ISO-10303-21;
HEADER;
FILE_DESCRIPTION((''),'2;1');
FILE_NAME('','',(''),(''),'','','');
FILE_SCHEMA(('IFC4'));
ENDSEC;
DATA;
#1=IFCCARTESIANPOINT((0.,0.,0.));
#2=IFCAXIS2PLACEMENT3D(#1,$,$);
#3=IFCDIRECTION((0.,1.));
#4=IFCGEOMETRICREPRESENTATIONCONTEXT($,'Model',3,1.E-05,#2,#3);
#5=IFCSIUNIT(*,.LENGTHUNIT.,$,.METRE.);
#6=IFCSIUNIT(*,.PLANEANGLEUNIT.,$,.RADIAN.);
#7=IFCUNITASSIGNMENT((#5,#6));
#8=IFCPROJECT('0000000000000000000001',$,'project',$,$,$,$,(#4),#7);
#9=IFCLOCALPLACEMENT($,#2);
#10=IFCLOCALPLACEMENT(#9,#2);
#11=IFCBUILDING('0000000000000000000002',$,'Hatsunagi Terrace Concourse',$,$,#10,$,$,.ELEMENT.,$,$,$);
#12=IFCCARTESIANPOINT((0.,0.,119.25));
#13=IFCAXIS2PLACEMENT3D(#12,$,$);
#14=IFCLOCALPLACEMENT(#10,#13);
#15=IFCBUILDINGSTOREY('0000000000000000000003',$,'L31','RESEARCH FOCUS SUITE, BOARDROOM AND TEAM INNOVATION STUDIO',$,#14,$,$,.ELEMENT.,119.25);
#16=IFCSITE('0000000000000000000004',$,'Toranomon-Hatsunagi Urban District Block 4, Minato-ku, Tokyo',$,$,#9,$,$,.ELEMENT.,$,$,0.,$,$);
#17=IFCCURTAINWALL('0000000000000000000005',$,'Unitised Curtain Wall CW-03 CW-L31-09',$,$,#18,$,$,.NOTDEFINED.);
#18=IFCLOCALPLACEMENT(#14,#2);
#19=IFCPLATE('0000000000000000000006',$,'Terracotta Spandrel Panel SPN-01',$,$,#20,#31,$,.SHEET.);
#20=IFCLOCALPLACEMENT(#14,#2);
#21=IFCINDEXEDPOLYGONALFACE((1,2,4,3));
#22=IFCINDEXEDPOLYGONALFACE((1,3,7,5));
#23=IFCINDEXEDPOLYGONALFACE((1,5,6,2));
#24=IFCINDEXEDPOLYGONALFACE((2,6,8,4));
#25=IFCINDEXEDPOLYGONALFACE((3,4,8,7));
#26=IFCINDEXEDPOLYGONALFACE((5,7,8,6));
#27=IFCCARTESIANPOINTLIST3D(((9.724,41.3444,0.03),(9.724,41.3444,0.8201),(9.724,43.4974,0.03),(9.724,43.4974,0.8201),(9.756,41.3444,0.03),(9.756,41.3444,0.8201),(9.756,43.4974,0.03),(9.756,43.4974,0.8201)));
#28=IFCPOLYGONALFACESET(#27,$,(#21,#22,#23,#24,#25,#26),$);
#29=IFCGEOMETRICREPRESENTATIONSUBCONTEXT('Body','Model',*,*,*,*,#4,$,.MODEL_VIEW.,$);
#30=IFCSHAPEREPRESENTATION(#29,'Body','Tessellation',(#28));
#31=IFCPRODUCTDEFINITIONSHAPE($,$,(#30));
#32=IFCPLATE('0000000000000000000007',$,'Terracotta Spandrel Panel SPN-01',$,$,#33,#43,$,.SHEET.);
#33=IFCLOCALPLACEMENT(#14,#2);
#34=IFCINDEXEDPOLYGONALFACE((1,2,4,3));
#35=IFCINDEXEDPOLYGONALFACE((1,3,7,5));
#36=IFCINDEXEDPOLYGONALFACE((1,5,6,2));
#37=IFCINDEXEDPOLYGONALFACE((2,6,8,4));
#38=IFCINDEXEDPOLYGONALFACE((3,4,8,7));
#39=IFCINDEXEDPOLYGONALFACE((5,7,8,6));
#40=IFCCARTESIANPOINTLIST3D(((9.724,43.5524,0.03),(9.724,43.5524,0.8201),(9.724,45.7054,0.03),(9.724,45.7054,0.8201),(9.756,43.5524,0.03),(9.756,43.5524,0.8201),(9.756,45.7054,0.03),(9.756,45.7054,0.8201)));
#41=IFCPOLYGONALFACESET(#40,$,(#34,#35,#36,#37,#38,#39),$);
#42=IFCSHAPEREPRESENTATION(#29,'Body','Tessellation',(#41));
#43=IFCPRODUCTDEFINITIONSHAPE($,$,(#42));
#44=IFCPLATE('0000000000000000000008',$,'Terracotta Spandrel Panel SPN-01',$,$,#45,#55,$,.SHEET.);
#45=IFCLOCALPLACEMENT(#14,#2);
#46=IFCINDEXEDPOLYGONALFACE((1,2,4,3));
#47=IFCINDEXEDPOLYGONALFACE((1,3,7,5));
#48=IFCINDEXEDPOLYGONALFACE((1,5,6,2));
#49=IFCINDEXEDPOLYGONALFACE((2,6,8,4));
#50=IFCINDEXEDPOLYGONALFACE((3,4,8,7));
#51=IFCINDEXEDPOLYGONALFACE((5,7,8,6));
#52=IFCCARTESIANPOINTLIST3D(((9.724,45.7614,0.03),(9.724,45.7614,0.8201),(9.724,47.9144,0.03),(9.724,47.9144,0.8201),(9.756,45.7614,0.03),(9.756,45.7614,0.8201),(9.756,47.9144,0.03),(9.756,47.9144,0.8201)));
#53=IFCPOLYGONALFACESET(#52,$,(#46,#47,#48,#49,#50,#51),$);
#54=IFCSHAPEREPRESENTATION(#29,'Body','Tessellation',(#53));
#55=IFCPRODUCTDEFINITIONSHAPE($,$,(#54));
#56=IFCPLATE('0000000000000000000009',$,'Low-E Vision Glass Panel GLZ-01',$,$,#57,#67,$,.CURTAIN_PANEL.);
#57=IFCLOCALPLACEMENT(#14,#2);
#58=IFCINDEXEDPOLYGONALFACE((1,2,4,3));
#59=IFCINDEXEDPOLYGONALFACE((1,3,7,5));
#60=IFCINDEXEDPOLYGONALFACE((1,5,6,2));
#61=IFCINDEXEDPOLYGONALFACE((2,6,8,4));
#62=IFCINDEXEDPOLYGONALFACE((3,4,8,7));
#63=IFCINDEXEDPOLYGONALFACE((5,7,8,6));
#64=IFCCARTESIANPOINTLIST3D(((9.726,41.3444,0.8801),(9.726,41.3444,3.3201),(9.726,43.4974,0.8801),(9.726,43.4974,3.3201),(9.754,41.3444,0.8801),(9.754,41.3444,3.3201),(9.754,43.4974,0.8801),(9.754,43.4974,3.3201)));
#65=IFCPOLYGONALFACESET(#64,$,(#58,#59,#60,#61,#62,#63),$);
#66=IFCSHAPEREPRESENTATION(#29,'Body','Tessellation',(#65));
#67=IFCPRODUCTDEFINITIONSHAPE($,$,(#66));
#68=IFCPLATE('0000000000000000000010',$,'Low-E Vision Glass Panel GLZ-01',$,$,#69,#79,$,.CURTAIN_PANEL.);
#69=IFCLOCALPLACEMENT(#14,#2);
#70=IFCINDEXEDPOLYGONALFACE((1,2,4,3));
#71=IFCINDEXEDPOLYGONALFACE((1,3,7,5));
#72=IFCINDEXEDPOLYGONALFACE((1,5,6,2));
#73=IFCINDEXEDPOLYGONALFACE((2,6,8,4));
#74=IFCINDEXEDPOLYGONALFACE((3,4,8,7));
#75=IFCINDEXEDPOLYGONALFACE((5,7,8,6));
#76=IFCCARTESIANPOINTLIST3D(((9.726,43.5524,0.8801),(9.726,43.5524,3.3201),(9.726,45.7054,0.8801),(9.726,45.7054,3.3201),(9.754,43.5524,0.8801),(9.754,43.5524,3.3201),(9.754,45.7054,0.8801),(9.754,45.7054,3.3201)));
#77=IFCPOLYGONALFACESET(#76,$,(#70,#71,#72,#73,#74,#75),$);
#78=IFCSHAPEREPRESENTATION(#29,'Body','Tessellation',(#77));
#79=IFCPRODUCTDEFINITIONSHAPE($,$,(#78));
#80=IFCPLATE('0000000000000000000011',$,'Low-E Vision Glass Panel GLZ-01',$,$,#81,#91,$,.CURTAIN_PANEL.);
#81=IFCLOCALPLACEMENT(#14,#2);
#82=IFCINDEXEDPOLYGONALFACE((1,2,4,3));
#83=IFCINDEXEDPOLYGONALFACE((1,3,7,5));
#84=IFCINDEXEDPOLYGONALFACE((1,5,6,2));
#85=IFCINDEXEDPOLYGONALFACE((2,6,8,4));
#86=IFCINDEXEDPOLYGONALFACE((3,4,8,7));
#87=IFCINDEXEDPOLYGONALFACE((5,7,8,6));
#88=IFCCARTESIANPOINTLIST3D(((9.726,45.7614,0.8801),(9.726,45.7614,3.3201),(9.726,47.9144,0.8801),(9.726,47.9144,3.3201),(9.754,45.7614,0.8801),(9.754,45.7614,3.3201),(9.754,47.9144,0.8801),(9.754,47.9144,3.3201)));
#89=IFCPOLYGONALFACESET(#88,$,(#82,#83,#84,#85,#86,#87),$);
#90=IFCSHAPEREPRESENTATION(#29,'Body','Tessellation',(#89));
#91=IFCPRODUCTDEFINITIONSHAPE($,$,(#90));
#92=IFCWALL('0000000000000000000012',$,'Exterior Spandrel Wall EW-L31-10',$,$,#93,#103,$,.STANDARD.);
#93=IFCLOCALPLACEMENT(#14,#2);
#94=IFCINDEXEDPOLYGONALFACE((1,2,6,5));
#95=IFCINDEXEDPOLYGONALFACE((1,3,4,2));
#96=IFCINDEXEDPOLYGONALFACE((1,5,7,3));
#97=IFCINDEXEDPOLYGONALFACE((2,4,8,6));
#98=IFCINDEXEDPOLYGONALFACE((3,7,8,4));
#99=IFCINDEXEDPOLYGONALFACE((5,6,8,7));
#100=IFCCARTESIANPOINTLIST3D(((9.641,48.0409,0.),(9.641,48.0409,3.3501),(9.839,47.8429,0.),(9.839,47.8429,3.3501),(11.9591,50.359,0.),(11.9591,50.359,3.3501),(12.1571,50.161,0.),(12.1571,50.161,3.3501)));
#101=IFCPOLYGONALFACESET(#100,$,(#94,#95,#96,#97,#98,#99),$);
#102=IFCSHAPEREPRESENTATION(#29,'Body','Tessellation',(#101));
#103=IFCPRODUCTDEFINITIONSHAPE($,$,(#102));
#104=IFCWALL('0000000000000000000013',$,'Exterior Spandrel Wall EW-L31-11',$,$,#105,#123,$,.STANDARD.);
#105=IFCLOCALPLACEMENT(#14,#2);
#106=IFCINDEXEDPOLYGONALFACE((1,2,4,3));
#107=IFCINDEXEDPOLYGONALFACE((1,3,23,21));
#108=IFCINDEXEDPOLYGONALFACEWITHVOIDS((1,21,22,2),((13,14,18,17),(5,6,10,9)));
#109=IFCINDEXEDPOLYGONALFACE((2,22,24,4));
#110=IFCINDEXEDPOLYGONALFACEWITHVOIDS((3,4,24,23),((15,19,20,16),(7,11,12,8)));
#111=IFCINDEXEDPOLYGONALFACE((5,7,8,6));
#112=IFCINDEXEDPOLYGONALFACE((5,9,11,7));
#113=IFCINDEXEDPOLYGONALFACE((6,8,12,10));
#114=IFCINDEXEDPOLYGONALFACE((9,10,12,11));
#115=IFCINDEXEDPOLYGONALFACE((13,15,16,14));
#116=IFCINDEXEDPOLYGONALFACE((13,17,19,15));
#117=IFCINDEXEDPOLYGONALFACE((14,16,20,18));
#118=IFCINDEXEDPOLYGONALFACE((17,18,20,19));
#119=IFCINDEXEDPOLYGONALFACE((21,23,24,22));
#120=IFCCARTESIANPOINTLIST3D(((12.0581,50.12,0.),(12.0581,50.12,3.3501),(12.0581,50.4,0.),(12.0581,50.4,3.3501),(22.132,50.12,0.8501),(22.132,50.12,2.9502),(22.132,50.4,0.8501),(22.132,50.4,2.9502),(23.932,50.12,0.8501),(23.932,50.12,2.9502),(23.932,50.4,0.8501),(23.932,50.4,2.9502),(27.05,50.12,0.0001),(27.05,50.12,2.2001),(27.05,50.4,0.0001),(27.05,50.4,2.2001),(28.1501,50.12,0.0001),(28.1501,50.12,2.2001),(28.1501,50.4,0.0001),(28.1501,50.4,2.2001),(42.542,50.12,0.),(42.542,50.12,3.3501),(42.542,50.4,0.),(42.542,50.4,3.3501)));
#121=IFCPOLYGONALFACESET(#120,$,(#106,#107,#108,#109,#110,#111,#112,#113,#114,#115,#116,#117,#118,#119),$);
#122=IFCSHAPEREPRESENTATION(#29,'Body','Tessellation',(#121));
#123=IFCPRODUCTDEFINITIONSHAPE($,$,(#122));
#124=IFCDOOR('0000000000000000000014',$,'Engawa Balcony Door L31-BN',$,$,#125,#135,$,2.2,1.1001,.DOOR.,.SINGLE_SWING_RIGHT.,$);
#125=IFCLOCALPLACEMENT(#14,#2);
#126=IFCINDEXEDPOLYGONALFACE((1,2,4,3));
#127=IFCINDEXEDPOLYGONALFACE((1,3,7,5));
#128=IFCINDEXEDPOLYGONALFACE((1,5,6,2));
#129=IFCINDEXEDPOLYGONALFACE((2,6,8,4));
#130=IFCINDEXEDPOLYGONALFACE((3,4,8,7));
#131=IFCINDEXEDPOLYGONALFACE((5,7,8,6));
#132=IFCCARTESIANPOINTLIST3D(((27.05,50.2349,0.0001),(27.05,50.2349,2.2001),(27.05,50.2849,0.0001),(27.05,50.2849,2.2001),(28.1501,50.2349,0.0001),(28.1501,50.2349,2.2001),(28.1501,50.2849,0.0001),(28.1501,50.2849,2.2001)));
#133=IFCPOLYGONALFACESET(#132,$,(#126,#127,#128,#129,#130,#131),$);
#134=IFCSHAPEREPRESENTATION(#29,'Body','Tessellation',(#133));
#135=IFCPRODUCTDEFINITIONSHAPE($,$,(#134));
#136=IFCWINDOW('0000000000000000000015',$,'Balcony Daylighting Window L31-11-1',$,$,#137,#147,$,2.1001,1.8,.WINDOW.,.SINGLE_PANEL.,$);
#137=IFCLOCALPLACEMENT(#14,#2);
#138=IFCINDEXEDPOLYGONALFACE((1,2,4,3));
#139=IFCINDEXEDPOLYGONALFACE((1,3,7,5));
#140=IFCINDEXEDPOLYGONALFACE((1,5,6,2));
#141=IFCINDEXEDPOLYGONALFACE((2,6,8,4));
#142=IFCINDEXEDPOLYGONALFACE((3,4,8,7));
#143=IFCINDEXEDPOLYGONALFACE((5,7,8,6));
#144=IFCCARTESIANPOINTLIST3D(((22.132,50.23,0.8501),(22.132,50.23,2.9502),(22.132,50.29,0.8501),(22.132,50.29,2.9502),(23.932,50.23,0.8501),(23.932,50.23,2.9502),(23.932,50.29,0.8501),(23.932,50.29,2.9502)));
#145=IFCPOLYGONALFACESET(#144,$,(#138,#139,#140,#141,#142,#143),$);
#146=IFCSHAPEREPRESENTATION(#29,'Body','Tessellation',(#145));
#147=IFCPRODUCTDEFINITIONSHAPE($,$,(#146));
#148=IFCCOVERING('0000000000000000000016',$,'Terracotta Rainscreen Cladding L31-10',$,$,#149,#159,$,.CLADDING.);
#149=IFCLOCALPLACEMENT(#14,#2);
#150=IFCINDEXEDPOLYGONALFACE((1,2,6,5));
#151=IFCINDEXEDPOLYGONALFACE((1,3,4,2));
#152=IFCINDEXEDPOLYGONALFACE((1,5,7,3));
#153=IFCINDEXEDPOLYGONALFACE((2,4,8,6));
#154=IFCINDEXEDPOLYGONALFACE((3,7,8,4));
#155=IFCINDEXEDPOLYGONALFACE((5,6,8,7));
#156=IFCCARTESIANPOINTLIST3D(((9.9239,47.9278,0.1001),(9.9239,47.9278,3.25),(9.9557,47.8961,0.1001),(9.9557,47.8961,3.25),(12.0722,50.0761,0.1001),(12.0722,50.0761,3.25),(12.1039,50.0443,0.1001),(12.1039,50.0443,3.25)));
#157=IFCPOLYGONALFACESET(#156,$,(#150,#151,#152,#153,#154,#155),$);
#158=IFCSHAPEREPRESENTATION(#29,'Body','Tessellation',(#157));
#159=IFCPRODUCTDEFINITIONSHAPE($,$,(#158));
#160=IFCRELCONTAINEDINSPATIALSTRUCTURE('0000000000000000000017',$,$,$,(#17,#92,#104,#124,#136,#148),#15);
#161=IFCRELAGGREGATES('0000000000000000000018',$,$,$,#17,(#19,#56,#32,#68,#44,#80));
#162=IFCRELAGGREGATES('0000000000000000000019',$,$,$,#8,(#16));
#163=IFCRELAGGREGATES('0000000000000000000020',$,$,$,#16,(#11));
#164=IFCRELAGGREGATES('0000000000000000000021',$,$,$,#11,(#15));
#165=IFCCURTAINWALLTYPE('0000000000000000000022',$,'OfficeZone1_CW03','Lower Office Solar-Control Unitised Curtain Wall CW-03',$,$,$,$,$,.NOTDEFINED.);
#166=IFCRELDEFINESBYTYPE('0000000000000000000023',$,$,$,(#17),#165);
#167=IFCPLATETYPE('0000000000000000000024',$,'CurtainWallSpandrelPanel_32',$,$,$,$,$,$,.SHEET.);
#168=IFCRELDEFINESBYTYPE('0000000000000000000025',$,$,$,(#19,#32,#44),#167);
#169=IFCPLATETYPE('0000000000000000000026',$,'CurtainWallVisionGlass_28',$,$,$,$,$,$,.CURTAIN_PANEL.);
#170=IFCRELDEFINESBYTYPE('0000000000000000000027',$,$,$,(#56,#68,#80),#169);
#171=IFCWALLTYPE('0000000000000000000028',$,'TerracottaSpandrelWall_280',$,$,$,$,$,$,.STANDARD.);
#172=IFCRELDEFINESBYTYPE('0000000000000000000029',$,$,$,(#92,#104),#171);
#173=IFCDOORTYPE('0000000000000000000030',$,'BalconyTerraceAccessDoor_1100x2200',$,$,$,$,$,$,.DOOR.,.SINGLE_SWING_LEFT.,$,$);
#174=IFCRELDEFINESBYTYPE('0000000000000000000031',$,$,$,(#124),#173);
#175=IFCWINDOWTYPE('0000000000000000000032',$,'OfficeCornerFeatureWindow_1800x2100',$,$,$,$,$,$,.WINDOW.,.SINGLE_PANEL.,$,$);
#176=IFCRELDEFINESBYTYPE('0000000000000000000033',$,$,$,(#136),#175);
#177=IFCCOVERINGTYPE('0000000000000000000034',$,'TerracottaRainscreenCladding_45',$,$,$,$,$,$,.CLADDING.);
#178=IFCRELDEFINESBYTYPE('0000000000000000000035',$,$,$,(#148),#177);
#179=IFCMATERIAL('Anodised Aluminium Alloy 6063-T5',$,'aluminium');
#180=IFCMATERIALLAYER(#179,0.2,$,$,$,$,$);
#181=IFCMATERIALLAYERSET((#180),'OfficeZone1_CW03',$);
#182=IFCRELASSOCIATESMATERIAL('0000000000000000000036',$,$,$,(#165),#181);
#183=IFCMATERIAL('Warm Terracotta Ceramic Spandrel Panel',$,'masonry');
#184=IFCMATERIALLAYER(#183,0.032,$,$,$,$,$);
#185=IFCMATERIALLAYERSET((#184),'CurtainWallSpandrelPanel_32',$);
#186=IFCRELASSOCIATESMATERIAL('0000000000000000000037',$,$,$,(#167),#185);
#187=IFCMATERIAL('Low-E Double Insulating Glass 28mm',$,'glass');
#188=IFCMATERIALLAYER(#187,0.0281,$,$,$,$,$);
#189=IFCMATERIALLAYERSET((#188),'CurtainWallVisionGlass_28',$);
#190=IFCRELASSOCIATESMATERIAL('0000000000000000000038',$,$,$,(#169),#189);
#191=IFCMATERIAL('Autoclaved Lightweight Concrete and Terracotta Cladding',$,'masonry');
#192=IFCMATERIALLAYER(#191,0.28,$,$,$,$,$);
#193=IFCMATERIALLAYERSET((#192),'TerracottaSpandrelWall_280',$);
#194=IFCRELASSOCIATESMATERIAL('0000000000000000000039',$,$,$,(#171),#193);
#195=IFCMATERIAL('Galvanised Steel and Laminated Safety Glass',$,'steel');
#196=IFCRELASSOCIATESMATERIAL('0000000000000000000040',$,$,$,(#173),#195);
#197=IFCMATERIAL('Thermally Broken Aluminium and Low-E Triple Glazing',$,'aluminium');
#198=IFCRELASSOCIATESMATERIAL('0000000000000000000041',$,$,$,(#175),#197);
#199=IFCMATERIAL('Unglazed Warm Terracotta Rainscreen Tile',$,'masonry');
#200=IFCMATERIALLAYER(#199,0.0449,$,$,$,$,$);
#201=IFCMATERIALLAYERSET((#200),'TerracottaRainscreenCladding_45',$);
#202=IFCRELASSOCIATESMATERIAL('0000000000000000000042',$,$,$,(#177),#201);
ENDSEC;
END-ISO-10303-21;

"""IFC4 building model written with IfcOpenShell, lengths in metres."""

from ifc_helpers import new_model, si_unit, direction, frame, frame_2d, origin, origin_2d, place, context, subcontext, project, spatial, rectangle, extrude, material, layer, layer_set, type_object, element, fill, aggregate, save


model = new_model("IFC4")

# Units and contexts
model_context = context("Model", 3, precision=1e-05, world=origin(), true_north=direction((0.0, 1.0)))
body_context = subcontext(model_context, "Body", "Model", "MODEL_VIEW")
ifc_project = project(units=[si_unit("LENGTHUNIT", "METRE"), si_unit("PLANEANGLEUNIT", "RADIAN")], contexts=[model_context])

# Site, building, storey
site_placement = place(None, origin())
site = spatial("IfcSite", under=ifc_project, at=site_placement, Name="Toranomon-Hatsunagi Urban District Block 4, Minato-ku, Tokyo", CompositionType="ELEMENT", RefElevation=0.0)
building_placement = place(site_placement, origin())
building = spatial("IfcBuilding", under=site, at=building_placement, Name="Hatsunagi Terrace Concourse", CompositionType="ELEMENT")
storey_placement = place(building_placement, frame((0.0, 0.0, 119.25)))
storey = spatial("IfcBuildingStorey", under=building, at=storey_placement, Name="L31", Description="RESEARCH FOCUS SUITE, BOARDROOM AND TEAM INNOVATION STUDIO", CompositionType="ELEMENT", Elevation=119.25)

# Curtain wall
ifc_material_1 = material(Name="Anodised Aluminium Alloy 6063-T5", Category="aluminium")
ifc_layer_1 = layer(ifc_material_1, 0.2)
ifc_layer_set_1 = layer_set([ifc_layer_1], Name="OfficeZone1_CW03")
curtain_wall_type = type_object("IfcCurtainWallType", Name="OfficeZone1_CW03", Description="Lower Office Solar-Control Unitised Curtain Wall CW-03", PredefinedType="NOTDEFINED", material=ifc_layer_set_1)
curtain_wall_placement = place(storey_placement, origin())
curtain_wall = element("IfcCurtainWall", 1, at=curtain_wall_placement, inside=storey, type_object=curtain_wall_type, Name="Unitised Curtain Wall CW-03 CW-L31-09", PredefinedType="NOTDEFINED")

# Plates
ifc_material_2 = material(Name="Warm Terracotta Ceramic Spandrel Panel", Category="masonry")
ifc_layer_2 = layer(ifc_material_2, 0.032)
ifc_layer_set_2 = layer_set([ifc_layer_2], Name="CurtainWallSpandrelPanel_32")
plate_type_1 = type_object("IfcPlateType", Name="CurtainWallSpandrelPanel_32", PredefinedType="SHEET", material=ifc_layer_set_2)
plate_1_placement = place(storey_placement, frame((9.74, 42.4209, 0.03), z_axis=(0.0, 0.0, 1.0), x_axis=(0.0, 1.0, 0.0)))
plate_1 = element("IfcPlate", 2, at=plate_1_placement, type_object=plate_type_1, Name="Terracotta Spandrel Panel SPN-01", PredefinedType="SHEET", context=body_context, shape_type="SweptSolid", body=[
    extrude(rectangle(XDim=2.1531, YDim=0.032, at=origin_2d()), origin(), (0.0, 0.0, 1.0), 0.79),
])
plate_2_placement = place(storey_placement, frame((9.74, 44.6289, 0.03), z_axis=(0.0, 0.0, 1.0), x_axis=(0.0, 1.0, 0.0)))
plate_2 = element("IfcPlate", 3, at=plate_2_placement, type_object=plate_type_1, Name="Terracotta Spandrel Panel SPN-01", PredefinedType="SHEET", context=body_context, shape_type="SweptSolid", body=[
    extrude(rectangle(XDim=2.1531, YDim=0.032, at=origin_2d()), origin(), (0.0, 0.0, 1.0), 0.79),
])
plate_3_placement = place(storey_placement, frame((9.74, 46.8379, 0.03), z_axis=(0.0, 0.0, 1.0), x_axis=(0.0, 1.0, 0.0)))
plate_3 = element("IfcPlate", 4, at=plate_3_placement, type_object=plate_type_1, Name="Terracotta Spandrel Panel SPN-01", PredefinedType="SHEET", context=body_context, shape_type="SweptSolid", body=[
    extrude(rectangle(XDim=2.1531, YDim=0.032, at=origin_2d()), origin(), (0.0, 0.0, 1.0), 0.79),
])
ifc_material_3 = material(Name="Low-E Double Insulating Glass 28mm", Category="glass")
ifc_layer_3 = layer(ifc_material_3, 0.0281)
ifc_layer_set_3 = layer_set([ifc_layer_3], Name="CurtainWallVisionGlass_28")
plate_type_2 = type_object("IfcPlateType", Name="CurtainWallVisionGlass_28", PredefinedType="CURTAIN_PANEL", material=ifc_layer_set_3)
plate_4_placement = place(storey_placement, frame((9.74, 42.4209, 0.8801), z_axis=(0.0, 0.0, 1.0), x_axis=(0.0, 1.0, 0.0)))
plate_4 = element("IfcPlate", 5, at=plate_4_placement, type_object=plate_type_2, Name="Low-E Vision Glass Panel GLZ-01", PredefinedType="CURTAIN_PANEL", context=body_context, shape_type="SweptSolid", body=[
    extrude(rectangle(XDim=2.1531, YDim=0.0281, at=origin_2d()), origin(), (0.0, 0.0, 1.0), 2.4399),
])
plate_5_placement = place(storey_placement, frame((9.74, 44.6289, 0.8801), z_axis=(0.0, 0.0, 1.0), x_axis=(0.0, 1.0, 0.0)))
plate_5 = element("IfcPlate", 6, at=plate_5_placement, type_object=plate_type_2, Name="Low-E Vision Glass Panel GLZ-01", PredefinedType="CURTAIN_PANEL", context=body_context, shape_type="SweptSolid", body=[
    extrude(rectangle(XDim=2.1531, YDim=0.0281, at=origin_2d()), origin(), (0.0, 0.0, 1.0), 2.4399),
])
plate_6_placement = place(storey_placement, frame((9.74, 46.8379, 0.8801), z_axis=(0.0, 0.0, 1.0), x_axis=(0.0, 1.0, 0.0)))
plate_6 = element("IfcPlate", 7, at=plate_6_placement, type_object=plate_type_2, Name="Low-E Vision Glass Panel GLZ-01", PredefinedType="CURTAIN_PANEL", context=body_context, shape_type="SweptSolid", body=[
    extrude(rectangle(XDim=2.1531, YDim=0.0281, at=origin_2d()), origin(), (0.0, 0.0, 1.0), 2.4399),
])
aggregate(curtain_wall, [plate_1, plate_4, plate_2, plate_5, plate_3, plate_6])

# Wall
ifc_material_4 = material(Name="Autoclaved Lightweight Concrete and Terracotta Cladding", Category="masonry")
ifc_layer_4 = layer(ifc_material_4, 0.28)
ifc_layer_set_4 = layer_set([ifc_layer_4], Name="TerracottaSpandrelWall_280")
wall_type = type_object("IfcWallType", Name="TerracottaSpandrelWall_280", PredefinedType="STANDARD", material=ifc_layer_set_4)
wall_1_placement = place(storey_placement, frame((9.74, 47.9419, 0.0), z_axis=(0.0, 0.0, 1.0), x_axis=(0.707107, 0.707107, 0.0)))
element("IfcWall", 8, at=wall_1_placement, inside=storey, type_object=wall_type, Name="Exterior Spandrel Wall EW-L31-10", PredefinedType="STANDARD", context=body_context, shape_type="SweptSolid", body=[
    extrude(rectangle(XDim=3.2783, YDim=0.28, at=frame_2d((1.6392, 0.0))), origin(), (0.0, 0.0, 1.0), 3.3501),
])

# Wall, openings, door, window
wall_2_placement = place(storey_placement, frame((12.0581, 50.26, 0.0), z_axis=(0.0, 0.0, 1.0), x_axis=(1.0, 0.0, 0.0)))
wall_2 = element("IfcWall", 9, at=wall_2_placement, inside=storey, type_object=wall_type, Name="Exterior Spandrel Wall EW-L31-11", PredefinedType="STANDARD", context=body_context, shape_type="SweptSolid", body=[
    extrude(rectangle(XDim=30.4839, YDim=0.28, at=frame_2d((15.2419, 0.0))), origin(), (0.0, 0.0, 1.0), 3.3501),
])
opening_1_placement = place(wall_2_placement, frame((14.9919, 0.0, 0.0)))
opening_1 = element("IfcOpeningElement", 10, at=opening_1_placement, cuts=wall_2, PredefinedType="OPENING", context=body_context, shape_type="SweptSolid", body=[
    extrude(rectangle(XDim=1.1001, YDim=2.2, at=frame_2d((0.55, 1.1001))), frame((0.0, 0.1499, 0.0), z_axis=(0.0, -1.0, 0.0), x_axis=(1.0, 0.0, 0.0)), (0.0, 0.0, 1.0), 0.3),
])
opening_2_placement = place(wall_2_placement, frame((10.074, 0.0, 0.8501)))
opening_2 = element("IfcOpeningElement", 11, at=opening_2_placement, cuts=wall_2, PredefinedType="OPENING", context=body_context, shape_type="SweptSolid", body=[
    extrude(rectangle(XDim=1.8, YDim=2.1001, at=frame_2d((0.8999, 1.05))), frame((0.0, 0.1499, 0.0), z_axis=(0.0, -1.0, 0.0), x_axis=(1.0, 0.0, 0.0)), (0.0, 0.0, 1.0), 0.3),
])
ifc_material_5 = material(Name="Galvanised Steel and Laminated Safety Glass", Category="steel")
door_type = type_object("IfcDoorType", Name="BalconyTerraceAccessDoor_1100x2200", OperationType="SINGLE_SWING_LEFT", PredefinedType="DOOR", material=ifc_material_5)
door_placement = place(opening_1_placement, origin())
door = element("IfcDoor", 12, at=door_placement, inside=storey, type_object=door_type, Name="Engawa Balcony Door L31-BN", OperationType="SINGLE_SWING_RIGHT", OverallHeight=2.2, OverallWidth=1.1001, PredefinedType="DOOR", context=body_context, shape_type="SweptSolid", body=[
    extrude(rectangle(XDim=1.1001, YDim=2.2, at=frame_2d((0.55, 1.1001))), frame((0.0, 0.0249, 0.0), z_axis=(0.0, -1.0, 0.0), x_axis=(1.0, 0.0, 0.0)), (0.0, 0.0, 1.0), 0.05),
])
fill(opening_1, door)
ifc_material_6 = material(Name="Thermally Broken Aluminium and Low-E Triple Glazing", Category="aluminium")
window_type = type_object("IfcWindowType", Name="OfficeCornerFeatureWindow_1800x2100", PartitioningType="SINGLE_PANEL", PredefinedType="WINDOW", material=ifc_material_6)
window_placement = place(opening_2_placement, origin())
window = element("IfcWindow", 13, at=window_placement, inside=storey, type_object=window_type, Name="Balcony Daylighting Window L31-11-1", OverallHeight=2.1001, OverallWidth=1.8, PartitioningType="SINGLE_PANEL", PredefinedType="WINDOW", context=body_context, shape_type="SweptSolid", body=[
    extrude(rectangle(XDim=1.8, YDim=2.1001, at=frame_2d((0.8999, 1.05))), frame((0.0, 0.03, 0.0), z_axis=(0.0, -1.0, 0.0), x_axis=(1.0, 0.0, 0.0)), (0.0, 0.0, 1.0), 0.0601),
])
fill(opening_2, window)

# Covering
ifc_material_7 = material(Name="Unglazed Warm Terracotta Rainscreen Tile", Category="masonry")
ifc_layer_5 = layer(ifc_material_7, 0.0449)
ifc_layer_set_5 = layer_set([ifc_layer_5], Name="TerracottaRainscreenCladding_45")
covering_type = type_object("IfcCoveringType", Name="TerracottaRainscreenCladding_45", PredefinedType="CLADDING", material=ifc_layer_set_5)
covering_placement = place(storey_placement, frame((11.0139, 48.9861, 0.1001), z_axis=(0.0, 0.0, 1.0), x_axis=(0.707107, 0.707107, 0.0)))
element("IfcCovering", 14, at=covering_placement, inside=storey, type_object=covering_type, Name="Terracotta Rainscreen Cladding L31-10", PredefinedType="CLADDING", context=body_context, shape_type="SweptSolid", body=[
    extrude(rectangle(XDim=3.0381, YDim=0.0449, at=origin_2d()), origin(), (0.0, 0.0, 1.0), 3.1499),
])

save(model, "model.ifc")
